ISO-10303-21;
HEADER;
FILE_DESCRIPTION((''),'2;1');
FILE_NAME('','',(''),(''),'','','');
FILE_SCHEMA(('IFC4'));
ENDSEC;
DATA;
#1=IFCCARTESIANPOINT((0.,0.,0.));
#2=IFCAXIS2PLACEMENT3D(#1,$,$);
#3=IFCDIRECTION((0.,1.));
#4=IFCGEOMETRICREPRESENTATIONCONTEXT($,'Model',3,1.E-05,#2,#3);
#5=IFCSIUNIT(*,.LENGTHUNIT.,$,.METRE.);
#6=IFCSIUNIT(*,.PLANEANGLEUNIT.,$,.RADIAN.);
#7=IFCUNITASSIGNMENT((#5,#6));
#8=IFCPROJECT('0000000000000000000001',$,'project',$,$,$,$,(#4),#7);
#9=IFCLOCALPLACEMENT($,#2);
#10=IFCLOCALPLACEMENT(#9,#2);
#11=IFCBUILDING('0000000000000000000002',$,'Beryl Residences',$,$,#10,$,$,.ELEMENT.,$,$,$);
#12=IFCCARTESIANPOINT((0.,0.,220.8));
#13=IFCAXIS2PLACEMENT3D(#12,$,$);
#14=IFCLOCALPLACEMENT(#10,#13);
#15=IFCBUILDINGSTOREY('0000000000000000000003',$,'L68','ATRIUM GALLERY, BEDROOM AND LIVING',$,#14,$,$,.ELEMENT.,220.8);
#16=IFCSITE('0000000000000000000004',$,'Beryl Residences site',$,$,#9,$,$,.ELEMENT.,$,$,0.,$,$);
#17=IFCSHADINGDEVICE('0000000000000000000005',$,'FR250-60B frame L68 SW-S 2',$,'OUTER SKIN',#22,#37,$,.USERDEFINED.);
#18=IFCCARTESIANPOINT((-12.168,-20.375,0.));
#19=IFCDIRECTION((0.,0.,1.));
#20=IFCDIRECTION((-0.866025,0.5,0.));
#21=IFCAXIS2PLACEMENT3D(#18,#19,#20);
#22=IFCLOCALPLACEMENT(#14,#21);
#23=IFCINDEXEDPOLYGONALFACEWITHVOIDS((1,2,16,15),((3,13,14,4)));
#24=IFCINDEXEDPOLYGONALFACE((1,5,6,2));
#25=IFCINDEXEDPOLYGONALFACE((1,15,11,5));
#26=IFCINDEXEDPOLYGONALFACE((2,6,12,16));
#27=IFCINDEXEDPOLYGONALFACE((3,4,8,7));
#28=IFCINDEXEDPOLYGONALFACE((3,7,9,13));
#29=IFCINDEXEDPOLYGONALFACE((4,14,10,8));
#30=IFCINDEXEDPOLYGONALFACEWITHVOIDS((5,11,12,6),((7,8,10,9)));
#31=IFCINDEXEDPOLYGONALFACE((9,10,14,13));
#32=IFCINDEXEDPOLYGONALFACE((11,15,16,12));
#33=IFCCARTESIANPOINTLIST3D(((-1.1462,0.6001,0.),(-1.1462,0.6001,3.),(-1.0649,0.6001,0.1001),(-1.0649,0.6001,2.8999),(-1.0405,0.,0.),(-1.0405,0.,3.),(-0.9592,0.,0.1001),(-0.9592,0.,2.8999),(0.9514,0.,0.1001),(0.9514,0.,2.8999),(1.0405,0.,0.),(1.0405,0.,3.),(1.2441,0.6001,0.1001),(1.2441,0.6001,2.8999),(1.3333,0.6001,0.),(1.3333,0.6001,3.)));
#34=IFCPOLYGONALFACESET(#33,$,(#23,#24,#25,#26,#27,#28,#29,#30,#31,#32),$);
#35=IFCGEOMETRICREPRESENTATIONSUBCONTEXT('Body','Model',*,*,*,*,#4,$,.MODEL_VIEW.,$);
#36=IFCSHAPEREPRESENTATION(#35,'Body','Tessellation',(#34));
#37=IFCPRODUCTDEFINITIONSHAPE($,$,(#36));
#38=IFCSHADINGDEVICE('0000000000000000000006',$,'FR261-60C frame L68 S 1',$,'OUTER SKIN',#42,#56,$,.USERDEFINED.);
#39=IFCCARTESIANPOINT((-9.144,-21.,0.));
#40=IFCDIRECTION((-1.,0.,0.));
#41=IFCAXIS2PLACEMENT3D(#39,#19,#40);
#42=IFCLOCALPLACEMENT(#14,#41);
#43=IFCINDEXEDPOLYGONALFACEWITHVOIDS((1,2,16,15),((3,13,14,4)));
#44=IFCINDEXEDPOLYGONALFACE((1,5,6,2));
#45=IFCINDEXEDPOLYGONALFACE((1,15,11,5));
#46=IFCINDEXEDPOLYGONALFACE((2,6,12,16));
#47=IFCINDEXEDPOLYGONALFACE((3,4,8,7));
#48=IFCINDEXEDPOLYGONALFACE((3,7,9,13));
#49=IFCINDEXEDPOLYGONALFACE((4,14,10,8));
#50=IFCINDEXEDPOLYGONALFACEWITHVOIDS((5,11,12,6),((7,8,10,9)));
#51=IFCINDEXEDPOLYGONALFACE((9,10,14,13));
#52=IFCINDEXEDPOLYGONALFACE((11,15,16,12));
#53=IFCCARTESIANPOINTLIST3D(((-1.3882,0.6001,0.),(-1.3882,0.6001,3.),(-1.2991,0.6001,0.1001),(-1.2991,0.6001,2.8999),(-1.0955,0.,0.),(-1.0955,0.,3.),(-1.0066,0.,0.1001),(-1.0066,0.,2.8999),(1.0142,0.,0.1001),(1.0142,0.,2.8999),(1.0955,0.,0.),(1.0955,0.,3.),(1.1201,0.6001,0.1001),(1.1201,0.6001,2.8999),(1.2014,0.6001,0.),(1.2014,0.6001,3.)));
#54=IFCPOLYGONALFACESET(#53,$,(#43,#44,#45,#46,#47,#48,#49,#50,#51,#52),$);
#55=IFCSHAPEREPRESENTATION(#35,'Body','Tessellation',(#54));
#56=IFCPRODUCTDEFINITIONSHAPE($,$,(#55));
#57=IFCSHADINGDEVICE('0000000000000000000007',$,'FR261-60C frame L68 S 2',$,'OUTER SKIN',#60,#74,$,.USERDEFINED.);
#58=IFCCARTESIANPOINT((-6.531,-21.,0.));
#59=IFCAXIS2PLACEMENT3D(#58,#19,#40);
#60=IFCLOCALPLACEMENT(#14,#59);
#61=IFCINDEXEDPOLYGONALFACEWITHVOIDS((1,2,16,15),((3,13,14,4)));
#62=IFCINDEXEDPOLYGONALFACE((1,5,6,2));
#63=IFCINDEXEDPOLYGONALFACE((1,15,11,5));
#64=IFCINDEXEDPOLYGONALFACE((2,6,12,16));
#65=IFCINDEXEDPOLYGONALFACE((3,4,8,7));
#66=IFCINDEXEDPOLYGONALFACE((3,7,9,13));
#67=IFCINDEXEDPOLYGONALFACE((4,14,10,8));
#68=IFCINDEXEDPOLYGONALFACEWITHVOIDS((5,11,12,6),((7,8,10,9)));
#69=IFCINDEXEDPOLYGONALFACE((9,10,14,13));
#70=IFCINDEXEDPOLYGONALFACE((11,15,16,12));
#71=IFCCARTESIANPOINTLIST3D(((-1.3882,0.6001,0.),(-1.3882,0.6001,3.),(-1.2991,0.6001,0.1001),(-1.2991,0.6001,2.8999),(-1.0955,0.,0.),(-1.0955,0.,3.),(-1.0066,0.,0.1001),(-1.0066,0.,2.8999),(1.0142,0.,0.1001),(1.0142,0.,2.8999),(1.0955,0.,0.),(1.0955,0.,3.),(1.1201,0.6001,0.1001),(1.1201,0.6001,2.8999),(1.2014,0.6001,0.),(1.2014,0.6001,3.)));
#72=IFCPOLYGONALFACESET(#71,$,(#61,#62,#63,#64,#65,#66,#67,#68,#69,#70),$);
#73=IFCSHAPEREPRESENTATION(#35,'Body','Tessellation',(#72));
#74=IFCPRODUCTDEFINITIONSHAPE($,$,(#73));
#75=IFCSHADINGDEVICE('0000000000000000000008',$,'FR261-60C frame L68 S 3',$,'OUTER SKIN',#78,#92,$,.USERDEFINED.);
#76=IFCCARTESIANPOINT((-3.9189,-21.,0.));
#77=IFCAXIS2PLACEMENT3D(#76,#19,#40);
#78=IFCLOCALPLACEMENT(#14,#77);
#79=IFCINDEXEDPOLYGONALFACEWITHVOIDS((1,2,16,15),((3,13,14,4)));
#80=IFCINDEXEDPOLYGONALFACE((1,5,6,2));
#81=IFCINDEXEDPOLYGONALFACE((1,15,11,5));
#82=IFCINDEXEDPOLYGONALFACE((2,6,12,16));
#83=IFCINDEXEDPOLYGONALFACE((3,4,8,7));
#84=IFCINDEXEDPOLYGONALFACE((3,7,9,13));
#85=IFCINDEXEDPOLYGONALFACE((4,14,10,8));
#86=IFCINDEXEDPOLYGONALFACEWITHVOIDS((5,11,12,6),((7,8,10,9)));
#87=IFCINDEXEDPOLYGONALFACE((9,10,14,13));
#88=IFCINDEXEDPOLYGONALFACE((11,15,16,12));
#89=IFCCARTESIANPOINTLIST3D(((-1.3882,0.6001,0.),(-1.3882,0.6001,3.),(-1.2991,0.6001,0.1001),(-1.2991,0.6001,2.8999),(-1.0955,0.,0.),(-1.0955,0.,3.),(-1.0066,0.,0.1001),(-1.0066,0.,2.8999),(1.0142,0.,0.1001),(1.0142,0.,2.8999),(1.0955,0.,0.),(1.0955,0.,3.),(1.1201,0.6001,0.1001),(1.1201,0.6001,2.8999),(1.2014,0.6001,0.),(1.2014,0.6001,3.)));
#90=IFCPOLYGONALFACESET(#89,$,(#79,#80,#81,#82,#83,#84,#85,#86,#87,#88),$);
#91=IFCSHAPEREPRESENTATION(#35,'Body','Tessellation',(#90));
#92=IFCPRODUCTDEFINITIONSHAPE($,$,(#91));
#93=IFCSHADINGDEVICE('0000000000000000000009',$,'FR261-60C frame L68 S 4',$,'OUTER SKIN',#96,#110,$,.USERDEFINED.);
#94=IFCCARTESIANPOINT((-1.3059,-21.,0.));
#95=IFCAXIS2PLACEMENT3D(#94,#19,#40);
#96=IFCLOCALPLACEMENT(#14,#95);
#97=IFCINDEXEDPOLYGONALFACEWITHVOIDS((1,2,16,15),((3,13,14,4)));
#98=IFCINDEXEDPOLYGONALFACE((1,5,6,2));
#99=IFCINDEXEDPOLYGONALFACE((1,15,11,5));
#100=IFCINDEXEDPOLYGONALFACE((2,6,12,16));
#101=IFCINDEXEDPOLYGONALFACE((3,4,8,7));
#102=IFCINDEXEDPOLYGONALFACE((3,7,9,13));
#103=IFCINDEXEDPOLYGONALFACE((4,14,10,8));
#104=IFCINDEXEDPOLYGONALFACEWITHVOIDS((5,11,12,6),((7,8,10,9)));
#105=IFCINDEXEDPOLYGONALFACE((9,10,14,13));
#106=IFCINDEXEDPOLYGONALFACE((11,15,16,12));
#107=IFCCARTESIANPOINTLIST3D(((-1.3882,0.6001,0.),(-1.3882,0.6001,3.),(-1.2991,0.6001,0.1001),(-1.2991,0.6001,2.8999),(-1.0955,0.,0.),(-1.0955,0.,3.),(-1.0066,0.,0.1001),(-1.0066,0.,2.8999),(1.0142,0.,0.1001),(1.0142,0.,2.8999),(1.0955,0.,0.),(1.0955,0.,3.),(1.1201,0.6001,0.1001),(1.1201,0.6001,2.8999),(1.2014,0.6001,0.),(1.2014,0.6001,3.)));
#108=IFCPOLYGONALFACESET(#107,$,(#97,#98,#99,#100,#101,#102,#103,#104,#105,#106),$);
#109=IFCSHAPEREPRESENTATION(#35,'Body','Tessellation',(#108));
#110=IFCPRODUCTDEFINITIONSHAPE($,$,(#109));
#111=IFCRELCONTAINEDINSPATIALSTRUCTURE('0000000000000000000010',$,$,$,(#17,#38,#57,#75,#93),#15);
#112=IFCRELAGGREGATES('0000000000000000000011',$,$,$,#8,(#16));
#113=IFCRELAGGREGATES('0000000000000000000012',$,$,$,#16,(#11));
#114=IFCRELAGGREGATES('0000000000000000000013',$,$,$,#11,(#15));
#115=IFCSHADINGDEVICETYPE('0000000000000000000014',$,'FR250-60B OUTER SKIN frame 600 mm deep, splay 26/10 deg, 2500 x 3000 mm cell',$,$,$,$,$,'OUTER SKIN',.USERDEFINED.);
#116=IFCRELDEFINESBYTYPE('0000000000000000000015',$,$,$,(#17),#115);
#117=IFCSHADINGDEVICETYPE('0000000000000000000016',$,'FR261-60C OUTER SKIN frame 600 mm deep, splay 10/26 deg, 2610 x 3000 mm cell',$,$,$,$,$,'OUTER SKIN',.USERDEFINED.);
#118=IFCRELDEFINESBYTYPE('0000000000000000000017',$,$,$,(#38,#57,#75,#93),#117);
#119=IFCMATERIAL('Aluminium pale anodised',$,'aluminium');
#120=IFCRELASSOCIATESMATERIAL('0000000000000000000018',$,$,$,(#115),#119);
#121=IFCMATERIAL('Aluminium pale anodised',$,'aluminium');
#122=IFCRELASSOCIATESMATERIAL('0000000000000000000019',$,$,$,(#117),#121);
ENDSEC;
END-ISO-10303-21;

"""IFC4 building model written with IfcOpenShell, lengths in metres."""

from ifc_helpers import new_model, entity, si_unit, direction, frame, origin, place, context, subcontext, project, spatial, source, transform, mapped, material, type_object, type_shapes, element, save


model = new_model("IFC4")

# Units and contexts
model_context = context("Model", 3, precision=1e-05, world=origin(), true_north=direction((0.0, 1.0)))
body_context = subcontext(model_context, "Body", "Model", "MODEL_VIEW")
ifc_project = project(units=[si_unit("LENGTHUNIT", "METRE"), si_unit("PLANEANGLEUNIT", "RADIAN")], contexts=[model_context])

# Site, building, storey
site_placement = place(None, origin())
site = spatial("IfcSite", under=ifc_project, at=site_placement, Name="Beryl Residences site", CompositionType="ELEMENT", RefElevation=0.0)
building_placement = place(site_placement, origin())
building = spatial("IfcBuilding", under=site, at=building_placement, Name="Beryl Residences", CompositionType="ELEMENT")
storey_placement = place(building_placement, frame((0.0, 0.0, 220.8)))
storey = spatial("IfcBuildingStorey", under=building, at=storey_placement, Name="L68", Description="ATRIUM GALLERY, BEDROOM AND LIVING", CompositionType="ELEMENT", Elevation=220.8)

# Shading devices
ifc_material_1 = material(Name="Aluminium pale anodised", Category="aluminium")
shading_device_type_1 = type_object("IfcShadingDeviceType", Name="FR250-60B OUTER SKIN frame 600 mm deep, splay 26/10 deg, 2500 x 3000 mm cell", ElementType="OUTER SKIN", PredefinedType="USERDEFINED", material=ifc_material_1)
cartesian_point_1 = entity("IfcCartesianPoint", [-1.0405, 0.0])
cartesian_point_2 = entity("IfcCartesianPoint", [-0.9514, 0.1001])
cartesian_point_3 = entity("IfcCartesianPoint", [-1.3333, 0.0])
cartesian_point_4 = entity("IfcCartesianPoint", [-1.2441, 0.1001])
shared_shape_1 = source(origin(), body_context, "Body", "SweptSolid", [
    entity("IfcExtrudedAreaSolidTapered", entity("IfcArbitraryProfileDefWithVoids", "AREA", None, entity("IfcPolyline", [cartesian_point_1, entity("IfcCartesianPoint", [1.0405, 0.0]), entity("IfcCartesianPoint", [1.0405, 3.0]), entity("IfcCartesianPoint", [-1.0405, 3.0]), cartesian_point_1]), [entity("IfcPolyline", [cartesian_point_2, entity("IfcCartesianPoint", [0.9592, 0.1001]), entity("IfcCartesianPoint", [0.9592, 2.8999]), entity("IfcCartesianPoint", [-0.9514, 2.8999]), cartesian_point_2])]), entity("IfcAxis2Placement3D", entity("IfcCartesianPoint", [0.0, 0.0, 0.0]), entity("IfcDirection", [0.0, 1.0, 0.0]), entity("IfcDirection", [-1.0, 0.0, 0.0])), entity("IfcDirection", [0.0, 0.0, 1.0]), 0.6001, entity("IfcArbitraryProfileDefWithVoids", "AREA", None, entity("IfcPolyline", [cartesian_point_3, entity("IfcCartesianPoint", [1.1462, 0.0]), entity("IfcCartesianPoint", [1.1462, 3.0]), entity("IfcCartesianPoint", [-1.3333, 3.0]), cartesian_point_3]), [entity("IfcPolyline", [cartesian_point_4, entity("IfcCartesianPoint", [1.0649, 0.1001]), entity("IfcCartesianPoint", [1.0649, 2.8999]), entity("IfcCartesianPoint", [-1.2441, 2.8999]), cartesian_point_4])])),
])
type_shapes(shading_device_type_1, [shared_shape_1])
shading_device_placement = place(storey_placement, frame((-12.168, -20.375, 0.0), z_axis=(0.0, 0.0, 1.0), x_axis=(-0.866025, 0.5, 0.0)))
element("IfcShadingDevice", 1, at=shading_device_placement, inside=storey, type_object=shading_device_type_1, Name="FR250-60B frame L68 SW-S 2", ObjectType="OUTER SKIN", PredefinedType="USERDEFINED", context=body_context, shape_type="MappedRepresentation", body=[
    mapped(shared_shape_1, transform((0.0, 0.0, 0.0))),
])
ifc_material_2 = material(Name="Aluminium pale anodised", Category="aluminium")
shading_device_type_2 = type_object("IfcShadingDeviceType", Name="FR261-60C OUTER SKIN frame 600 mm deep, splay 10/26 deg, 2610 x 3000 mm cell", ElementType="OUTER SKIN", PredefinedType="USERDEFINED", material=ifc_material_2)
cartesian_point_5 = entity("IfcCartesianPoint", [-1.0955, 0.0])
cartesian_point_6 = entity("IfcCartesianPoint", [-1.0142, 0.1001])
cartesian_point_7 = entity("IfcCartesianPoint", [-1.2014, 0.0])
cartesian_point_8 = entity("IfcCartesianPoint", [-1.1201, 0.1001])
shared_shape_2 = source(origin(), body_context, "Body", "SweptSolid", [
    entity("IfcExtrudedAreaSolidTapered", entity("IfcArbitraryProfileDefWithVoids", "AREA", None, entity("IfcPolyline", [cartesian_point_5, entity("IfcCartesianPoint", [1.0955, 0.0]), entity("IfcCartesianPoint", [1.0955, 3.0]), entity("IfcCartesianPoint", [-1.0955, 3.0]), cartesian_point_5]), [entity("IfcPolyline", [cartesian_point_6, entity("IfcCartesianPoint", [1.0066, 0.1001]), entity("IfcCartesianPoint", [1.0066, 2.8999]), entity("IfcCartesianPoint", [-1.0142, 2.8999]), cartesian_point_6])]), entity("IfcAxis2Placement3D", entity("IfcCartesianPoint", [0.0, 0.0, 0.0]), entity("IfcDirection", [0.0, 1.0, 0.0]), entity("IfcDirection", [-1.0, 0.0, 0.0])), entity("IfcDirection", [0.0, 0.0, 1.0]), 0.6001, entity("IfcArbitraryProfileDefWithVoids", "AREA", None, entity("IfcPolyline", [cartesian_point_7, entity("IfcCartesianPoint", [1.3882, 0.0]), entity("IfcCartesianPoint", [1.3882, 3.0]), entity("IfcCartesianPoint", [-1.2014, 3.0]), cartesian_point_7]), [entity("IfcPolyline", [cartesian_point_8, entity("IfcCartesianPoint", [1.2991, 0.1001]), entity("IfcCartesianPoint", [1.2991, 2.8999]), entity("IfcCartesianPoint", [-1.1201, 2.8999]), cartesian_point_8])])),
])
type_shapes(shading_device_type_2, [shared_shape_2])
for number, where, z_axis, x_axis, name in (
    (2, (-9.144, -21.0, 0.0), (0.0, 0.0, 1.0), (-1.0, 0.0, 0.0), "FR261-60C frame L68 S 1"),
    (3, (-6.531, -21.0, 0.0), (0.0, 0.0, 1.0), (-1.0, 0.0, 0.0), "FR261-60C frame L68 S 2"),
    (4, (-3.9189, -21.0, 0.0), (0.0, 0.0, 1.0), (-1.0, 0.0, 0.0), "FR261-60C frame L68 S 3"),
    (5, (-1.3059, -21.0, 0.0), (0.0, 0.0, 1.0), (-1.0, 0.0, 0.0), "FR261-60C frame L68 S 4"),
):
    element("IfcShadingDevice", number, at=place(storey_placement, frame(where, z_axis=z_axis, x_axis=x_axis)), inside=storey, type_object=shading_device_type_2, Name=name, ObjectType="OUTER SKIN", PredefinedType="USERDEFINED", context=body_context, shape_type="MappedRepresentation", body=[
        mapped(shared_shape_2, transform((0.0, 0.0, 0.0))),
    ])

save(model, "model.ifc")
